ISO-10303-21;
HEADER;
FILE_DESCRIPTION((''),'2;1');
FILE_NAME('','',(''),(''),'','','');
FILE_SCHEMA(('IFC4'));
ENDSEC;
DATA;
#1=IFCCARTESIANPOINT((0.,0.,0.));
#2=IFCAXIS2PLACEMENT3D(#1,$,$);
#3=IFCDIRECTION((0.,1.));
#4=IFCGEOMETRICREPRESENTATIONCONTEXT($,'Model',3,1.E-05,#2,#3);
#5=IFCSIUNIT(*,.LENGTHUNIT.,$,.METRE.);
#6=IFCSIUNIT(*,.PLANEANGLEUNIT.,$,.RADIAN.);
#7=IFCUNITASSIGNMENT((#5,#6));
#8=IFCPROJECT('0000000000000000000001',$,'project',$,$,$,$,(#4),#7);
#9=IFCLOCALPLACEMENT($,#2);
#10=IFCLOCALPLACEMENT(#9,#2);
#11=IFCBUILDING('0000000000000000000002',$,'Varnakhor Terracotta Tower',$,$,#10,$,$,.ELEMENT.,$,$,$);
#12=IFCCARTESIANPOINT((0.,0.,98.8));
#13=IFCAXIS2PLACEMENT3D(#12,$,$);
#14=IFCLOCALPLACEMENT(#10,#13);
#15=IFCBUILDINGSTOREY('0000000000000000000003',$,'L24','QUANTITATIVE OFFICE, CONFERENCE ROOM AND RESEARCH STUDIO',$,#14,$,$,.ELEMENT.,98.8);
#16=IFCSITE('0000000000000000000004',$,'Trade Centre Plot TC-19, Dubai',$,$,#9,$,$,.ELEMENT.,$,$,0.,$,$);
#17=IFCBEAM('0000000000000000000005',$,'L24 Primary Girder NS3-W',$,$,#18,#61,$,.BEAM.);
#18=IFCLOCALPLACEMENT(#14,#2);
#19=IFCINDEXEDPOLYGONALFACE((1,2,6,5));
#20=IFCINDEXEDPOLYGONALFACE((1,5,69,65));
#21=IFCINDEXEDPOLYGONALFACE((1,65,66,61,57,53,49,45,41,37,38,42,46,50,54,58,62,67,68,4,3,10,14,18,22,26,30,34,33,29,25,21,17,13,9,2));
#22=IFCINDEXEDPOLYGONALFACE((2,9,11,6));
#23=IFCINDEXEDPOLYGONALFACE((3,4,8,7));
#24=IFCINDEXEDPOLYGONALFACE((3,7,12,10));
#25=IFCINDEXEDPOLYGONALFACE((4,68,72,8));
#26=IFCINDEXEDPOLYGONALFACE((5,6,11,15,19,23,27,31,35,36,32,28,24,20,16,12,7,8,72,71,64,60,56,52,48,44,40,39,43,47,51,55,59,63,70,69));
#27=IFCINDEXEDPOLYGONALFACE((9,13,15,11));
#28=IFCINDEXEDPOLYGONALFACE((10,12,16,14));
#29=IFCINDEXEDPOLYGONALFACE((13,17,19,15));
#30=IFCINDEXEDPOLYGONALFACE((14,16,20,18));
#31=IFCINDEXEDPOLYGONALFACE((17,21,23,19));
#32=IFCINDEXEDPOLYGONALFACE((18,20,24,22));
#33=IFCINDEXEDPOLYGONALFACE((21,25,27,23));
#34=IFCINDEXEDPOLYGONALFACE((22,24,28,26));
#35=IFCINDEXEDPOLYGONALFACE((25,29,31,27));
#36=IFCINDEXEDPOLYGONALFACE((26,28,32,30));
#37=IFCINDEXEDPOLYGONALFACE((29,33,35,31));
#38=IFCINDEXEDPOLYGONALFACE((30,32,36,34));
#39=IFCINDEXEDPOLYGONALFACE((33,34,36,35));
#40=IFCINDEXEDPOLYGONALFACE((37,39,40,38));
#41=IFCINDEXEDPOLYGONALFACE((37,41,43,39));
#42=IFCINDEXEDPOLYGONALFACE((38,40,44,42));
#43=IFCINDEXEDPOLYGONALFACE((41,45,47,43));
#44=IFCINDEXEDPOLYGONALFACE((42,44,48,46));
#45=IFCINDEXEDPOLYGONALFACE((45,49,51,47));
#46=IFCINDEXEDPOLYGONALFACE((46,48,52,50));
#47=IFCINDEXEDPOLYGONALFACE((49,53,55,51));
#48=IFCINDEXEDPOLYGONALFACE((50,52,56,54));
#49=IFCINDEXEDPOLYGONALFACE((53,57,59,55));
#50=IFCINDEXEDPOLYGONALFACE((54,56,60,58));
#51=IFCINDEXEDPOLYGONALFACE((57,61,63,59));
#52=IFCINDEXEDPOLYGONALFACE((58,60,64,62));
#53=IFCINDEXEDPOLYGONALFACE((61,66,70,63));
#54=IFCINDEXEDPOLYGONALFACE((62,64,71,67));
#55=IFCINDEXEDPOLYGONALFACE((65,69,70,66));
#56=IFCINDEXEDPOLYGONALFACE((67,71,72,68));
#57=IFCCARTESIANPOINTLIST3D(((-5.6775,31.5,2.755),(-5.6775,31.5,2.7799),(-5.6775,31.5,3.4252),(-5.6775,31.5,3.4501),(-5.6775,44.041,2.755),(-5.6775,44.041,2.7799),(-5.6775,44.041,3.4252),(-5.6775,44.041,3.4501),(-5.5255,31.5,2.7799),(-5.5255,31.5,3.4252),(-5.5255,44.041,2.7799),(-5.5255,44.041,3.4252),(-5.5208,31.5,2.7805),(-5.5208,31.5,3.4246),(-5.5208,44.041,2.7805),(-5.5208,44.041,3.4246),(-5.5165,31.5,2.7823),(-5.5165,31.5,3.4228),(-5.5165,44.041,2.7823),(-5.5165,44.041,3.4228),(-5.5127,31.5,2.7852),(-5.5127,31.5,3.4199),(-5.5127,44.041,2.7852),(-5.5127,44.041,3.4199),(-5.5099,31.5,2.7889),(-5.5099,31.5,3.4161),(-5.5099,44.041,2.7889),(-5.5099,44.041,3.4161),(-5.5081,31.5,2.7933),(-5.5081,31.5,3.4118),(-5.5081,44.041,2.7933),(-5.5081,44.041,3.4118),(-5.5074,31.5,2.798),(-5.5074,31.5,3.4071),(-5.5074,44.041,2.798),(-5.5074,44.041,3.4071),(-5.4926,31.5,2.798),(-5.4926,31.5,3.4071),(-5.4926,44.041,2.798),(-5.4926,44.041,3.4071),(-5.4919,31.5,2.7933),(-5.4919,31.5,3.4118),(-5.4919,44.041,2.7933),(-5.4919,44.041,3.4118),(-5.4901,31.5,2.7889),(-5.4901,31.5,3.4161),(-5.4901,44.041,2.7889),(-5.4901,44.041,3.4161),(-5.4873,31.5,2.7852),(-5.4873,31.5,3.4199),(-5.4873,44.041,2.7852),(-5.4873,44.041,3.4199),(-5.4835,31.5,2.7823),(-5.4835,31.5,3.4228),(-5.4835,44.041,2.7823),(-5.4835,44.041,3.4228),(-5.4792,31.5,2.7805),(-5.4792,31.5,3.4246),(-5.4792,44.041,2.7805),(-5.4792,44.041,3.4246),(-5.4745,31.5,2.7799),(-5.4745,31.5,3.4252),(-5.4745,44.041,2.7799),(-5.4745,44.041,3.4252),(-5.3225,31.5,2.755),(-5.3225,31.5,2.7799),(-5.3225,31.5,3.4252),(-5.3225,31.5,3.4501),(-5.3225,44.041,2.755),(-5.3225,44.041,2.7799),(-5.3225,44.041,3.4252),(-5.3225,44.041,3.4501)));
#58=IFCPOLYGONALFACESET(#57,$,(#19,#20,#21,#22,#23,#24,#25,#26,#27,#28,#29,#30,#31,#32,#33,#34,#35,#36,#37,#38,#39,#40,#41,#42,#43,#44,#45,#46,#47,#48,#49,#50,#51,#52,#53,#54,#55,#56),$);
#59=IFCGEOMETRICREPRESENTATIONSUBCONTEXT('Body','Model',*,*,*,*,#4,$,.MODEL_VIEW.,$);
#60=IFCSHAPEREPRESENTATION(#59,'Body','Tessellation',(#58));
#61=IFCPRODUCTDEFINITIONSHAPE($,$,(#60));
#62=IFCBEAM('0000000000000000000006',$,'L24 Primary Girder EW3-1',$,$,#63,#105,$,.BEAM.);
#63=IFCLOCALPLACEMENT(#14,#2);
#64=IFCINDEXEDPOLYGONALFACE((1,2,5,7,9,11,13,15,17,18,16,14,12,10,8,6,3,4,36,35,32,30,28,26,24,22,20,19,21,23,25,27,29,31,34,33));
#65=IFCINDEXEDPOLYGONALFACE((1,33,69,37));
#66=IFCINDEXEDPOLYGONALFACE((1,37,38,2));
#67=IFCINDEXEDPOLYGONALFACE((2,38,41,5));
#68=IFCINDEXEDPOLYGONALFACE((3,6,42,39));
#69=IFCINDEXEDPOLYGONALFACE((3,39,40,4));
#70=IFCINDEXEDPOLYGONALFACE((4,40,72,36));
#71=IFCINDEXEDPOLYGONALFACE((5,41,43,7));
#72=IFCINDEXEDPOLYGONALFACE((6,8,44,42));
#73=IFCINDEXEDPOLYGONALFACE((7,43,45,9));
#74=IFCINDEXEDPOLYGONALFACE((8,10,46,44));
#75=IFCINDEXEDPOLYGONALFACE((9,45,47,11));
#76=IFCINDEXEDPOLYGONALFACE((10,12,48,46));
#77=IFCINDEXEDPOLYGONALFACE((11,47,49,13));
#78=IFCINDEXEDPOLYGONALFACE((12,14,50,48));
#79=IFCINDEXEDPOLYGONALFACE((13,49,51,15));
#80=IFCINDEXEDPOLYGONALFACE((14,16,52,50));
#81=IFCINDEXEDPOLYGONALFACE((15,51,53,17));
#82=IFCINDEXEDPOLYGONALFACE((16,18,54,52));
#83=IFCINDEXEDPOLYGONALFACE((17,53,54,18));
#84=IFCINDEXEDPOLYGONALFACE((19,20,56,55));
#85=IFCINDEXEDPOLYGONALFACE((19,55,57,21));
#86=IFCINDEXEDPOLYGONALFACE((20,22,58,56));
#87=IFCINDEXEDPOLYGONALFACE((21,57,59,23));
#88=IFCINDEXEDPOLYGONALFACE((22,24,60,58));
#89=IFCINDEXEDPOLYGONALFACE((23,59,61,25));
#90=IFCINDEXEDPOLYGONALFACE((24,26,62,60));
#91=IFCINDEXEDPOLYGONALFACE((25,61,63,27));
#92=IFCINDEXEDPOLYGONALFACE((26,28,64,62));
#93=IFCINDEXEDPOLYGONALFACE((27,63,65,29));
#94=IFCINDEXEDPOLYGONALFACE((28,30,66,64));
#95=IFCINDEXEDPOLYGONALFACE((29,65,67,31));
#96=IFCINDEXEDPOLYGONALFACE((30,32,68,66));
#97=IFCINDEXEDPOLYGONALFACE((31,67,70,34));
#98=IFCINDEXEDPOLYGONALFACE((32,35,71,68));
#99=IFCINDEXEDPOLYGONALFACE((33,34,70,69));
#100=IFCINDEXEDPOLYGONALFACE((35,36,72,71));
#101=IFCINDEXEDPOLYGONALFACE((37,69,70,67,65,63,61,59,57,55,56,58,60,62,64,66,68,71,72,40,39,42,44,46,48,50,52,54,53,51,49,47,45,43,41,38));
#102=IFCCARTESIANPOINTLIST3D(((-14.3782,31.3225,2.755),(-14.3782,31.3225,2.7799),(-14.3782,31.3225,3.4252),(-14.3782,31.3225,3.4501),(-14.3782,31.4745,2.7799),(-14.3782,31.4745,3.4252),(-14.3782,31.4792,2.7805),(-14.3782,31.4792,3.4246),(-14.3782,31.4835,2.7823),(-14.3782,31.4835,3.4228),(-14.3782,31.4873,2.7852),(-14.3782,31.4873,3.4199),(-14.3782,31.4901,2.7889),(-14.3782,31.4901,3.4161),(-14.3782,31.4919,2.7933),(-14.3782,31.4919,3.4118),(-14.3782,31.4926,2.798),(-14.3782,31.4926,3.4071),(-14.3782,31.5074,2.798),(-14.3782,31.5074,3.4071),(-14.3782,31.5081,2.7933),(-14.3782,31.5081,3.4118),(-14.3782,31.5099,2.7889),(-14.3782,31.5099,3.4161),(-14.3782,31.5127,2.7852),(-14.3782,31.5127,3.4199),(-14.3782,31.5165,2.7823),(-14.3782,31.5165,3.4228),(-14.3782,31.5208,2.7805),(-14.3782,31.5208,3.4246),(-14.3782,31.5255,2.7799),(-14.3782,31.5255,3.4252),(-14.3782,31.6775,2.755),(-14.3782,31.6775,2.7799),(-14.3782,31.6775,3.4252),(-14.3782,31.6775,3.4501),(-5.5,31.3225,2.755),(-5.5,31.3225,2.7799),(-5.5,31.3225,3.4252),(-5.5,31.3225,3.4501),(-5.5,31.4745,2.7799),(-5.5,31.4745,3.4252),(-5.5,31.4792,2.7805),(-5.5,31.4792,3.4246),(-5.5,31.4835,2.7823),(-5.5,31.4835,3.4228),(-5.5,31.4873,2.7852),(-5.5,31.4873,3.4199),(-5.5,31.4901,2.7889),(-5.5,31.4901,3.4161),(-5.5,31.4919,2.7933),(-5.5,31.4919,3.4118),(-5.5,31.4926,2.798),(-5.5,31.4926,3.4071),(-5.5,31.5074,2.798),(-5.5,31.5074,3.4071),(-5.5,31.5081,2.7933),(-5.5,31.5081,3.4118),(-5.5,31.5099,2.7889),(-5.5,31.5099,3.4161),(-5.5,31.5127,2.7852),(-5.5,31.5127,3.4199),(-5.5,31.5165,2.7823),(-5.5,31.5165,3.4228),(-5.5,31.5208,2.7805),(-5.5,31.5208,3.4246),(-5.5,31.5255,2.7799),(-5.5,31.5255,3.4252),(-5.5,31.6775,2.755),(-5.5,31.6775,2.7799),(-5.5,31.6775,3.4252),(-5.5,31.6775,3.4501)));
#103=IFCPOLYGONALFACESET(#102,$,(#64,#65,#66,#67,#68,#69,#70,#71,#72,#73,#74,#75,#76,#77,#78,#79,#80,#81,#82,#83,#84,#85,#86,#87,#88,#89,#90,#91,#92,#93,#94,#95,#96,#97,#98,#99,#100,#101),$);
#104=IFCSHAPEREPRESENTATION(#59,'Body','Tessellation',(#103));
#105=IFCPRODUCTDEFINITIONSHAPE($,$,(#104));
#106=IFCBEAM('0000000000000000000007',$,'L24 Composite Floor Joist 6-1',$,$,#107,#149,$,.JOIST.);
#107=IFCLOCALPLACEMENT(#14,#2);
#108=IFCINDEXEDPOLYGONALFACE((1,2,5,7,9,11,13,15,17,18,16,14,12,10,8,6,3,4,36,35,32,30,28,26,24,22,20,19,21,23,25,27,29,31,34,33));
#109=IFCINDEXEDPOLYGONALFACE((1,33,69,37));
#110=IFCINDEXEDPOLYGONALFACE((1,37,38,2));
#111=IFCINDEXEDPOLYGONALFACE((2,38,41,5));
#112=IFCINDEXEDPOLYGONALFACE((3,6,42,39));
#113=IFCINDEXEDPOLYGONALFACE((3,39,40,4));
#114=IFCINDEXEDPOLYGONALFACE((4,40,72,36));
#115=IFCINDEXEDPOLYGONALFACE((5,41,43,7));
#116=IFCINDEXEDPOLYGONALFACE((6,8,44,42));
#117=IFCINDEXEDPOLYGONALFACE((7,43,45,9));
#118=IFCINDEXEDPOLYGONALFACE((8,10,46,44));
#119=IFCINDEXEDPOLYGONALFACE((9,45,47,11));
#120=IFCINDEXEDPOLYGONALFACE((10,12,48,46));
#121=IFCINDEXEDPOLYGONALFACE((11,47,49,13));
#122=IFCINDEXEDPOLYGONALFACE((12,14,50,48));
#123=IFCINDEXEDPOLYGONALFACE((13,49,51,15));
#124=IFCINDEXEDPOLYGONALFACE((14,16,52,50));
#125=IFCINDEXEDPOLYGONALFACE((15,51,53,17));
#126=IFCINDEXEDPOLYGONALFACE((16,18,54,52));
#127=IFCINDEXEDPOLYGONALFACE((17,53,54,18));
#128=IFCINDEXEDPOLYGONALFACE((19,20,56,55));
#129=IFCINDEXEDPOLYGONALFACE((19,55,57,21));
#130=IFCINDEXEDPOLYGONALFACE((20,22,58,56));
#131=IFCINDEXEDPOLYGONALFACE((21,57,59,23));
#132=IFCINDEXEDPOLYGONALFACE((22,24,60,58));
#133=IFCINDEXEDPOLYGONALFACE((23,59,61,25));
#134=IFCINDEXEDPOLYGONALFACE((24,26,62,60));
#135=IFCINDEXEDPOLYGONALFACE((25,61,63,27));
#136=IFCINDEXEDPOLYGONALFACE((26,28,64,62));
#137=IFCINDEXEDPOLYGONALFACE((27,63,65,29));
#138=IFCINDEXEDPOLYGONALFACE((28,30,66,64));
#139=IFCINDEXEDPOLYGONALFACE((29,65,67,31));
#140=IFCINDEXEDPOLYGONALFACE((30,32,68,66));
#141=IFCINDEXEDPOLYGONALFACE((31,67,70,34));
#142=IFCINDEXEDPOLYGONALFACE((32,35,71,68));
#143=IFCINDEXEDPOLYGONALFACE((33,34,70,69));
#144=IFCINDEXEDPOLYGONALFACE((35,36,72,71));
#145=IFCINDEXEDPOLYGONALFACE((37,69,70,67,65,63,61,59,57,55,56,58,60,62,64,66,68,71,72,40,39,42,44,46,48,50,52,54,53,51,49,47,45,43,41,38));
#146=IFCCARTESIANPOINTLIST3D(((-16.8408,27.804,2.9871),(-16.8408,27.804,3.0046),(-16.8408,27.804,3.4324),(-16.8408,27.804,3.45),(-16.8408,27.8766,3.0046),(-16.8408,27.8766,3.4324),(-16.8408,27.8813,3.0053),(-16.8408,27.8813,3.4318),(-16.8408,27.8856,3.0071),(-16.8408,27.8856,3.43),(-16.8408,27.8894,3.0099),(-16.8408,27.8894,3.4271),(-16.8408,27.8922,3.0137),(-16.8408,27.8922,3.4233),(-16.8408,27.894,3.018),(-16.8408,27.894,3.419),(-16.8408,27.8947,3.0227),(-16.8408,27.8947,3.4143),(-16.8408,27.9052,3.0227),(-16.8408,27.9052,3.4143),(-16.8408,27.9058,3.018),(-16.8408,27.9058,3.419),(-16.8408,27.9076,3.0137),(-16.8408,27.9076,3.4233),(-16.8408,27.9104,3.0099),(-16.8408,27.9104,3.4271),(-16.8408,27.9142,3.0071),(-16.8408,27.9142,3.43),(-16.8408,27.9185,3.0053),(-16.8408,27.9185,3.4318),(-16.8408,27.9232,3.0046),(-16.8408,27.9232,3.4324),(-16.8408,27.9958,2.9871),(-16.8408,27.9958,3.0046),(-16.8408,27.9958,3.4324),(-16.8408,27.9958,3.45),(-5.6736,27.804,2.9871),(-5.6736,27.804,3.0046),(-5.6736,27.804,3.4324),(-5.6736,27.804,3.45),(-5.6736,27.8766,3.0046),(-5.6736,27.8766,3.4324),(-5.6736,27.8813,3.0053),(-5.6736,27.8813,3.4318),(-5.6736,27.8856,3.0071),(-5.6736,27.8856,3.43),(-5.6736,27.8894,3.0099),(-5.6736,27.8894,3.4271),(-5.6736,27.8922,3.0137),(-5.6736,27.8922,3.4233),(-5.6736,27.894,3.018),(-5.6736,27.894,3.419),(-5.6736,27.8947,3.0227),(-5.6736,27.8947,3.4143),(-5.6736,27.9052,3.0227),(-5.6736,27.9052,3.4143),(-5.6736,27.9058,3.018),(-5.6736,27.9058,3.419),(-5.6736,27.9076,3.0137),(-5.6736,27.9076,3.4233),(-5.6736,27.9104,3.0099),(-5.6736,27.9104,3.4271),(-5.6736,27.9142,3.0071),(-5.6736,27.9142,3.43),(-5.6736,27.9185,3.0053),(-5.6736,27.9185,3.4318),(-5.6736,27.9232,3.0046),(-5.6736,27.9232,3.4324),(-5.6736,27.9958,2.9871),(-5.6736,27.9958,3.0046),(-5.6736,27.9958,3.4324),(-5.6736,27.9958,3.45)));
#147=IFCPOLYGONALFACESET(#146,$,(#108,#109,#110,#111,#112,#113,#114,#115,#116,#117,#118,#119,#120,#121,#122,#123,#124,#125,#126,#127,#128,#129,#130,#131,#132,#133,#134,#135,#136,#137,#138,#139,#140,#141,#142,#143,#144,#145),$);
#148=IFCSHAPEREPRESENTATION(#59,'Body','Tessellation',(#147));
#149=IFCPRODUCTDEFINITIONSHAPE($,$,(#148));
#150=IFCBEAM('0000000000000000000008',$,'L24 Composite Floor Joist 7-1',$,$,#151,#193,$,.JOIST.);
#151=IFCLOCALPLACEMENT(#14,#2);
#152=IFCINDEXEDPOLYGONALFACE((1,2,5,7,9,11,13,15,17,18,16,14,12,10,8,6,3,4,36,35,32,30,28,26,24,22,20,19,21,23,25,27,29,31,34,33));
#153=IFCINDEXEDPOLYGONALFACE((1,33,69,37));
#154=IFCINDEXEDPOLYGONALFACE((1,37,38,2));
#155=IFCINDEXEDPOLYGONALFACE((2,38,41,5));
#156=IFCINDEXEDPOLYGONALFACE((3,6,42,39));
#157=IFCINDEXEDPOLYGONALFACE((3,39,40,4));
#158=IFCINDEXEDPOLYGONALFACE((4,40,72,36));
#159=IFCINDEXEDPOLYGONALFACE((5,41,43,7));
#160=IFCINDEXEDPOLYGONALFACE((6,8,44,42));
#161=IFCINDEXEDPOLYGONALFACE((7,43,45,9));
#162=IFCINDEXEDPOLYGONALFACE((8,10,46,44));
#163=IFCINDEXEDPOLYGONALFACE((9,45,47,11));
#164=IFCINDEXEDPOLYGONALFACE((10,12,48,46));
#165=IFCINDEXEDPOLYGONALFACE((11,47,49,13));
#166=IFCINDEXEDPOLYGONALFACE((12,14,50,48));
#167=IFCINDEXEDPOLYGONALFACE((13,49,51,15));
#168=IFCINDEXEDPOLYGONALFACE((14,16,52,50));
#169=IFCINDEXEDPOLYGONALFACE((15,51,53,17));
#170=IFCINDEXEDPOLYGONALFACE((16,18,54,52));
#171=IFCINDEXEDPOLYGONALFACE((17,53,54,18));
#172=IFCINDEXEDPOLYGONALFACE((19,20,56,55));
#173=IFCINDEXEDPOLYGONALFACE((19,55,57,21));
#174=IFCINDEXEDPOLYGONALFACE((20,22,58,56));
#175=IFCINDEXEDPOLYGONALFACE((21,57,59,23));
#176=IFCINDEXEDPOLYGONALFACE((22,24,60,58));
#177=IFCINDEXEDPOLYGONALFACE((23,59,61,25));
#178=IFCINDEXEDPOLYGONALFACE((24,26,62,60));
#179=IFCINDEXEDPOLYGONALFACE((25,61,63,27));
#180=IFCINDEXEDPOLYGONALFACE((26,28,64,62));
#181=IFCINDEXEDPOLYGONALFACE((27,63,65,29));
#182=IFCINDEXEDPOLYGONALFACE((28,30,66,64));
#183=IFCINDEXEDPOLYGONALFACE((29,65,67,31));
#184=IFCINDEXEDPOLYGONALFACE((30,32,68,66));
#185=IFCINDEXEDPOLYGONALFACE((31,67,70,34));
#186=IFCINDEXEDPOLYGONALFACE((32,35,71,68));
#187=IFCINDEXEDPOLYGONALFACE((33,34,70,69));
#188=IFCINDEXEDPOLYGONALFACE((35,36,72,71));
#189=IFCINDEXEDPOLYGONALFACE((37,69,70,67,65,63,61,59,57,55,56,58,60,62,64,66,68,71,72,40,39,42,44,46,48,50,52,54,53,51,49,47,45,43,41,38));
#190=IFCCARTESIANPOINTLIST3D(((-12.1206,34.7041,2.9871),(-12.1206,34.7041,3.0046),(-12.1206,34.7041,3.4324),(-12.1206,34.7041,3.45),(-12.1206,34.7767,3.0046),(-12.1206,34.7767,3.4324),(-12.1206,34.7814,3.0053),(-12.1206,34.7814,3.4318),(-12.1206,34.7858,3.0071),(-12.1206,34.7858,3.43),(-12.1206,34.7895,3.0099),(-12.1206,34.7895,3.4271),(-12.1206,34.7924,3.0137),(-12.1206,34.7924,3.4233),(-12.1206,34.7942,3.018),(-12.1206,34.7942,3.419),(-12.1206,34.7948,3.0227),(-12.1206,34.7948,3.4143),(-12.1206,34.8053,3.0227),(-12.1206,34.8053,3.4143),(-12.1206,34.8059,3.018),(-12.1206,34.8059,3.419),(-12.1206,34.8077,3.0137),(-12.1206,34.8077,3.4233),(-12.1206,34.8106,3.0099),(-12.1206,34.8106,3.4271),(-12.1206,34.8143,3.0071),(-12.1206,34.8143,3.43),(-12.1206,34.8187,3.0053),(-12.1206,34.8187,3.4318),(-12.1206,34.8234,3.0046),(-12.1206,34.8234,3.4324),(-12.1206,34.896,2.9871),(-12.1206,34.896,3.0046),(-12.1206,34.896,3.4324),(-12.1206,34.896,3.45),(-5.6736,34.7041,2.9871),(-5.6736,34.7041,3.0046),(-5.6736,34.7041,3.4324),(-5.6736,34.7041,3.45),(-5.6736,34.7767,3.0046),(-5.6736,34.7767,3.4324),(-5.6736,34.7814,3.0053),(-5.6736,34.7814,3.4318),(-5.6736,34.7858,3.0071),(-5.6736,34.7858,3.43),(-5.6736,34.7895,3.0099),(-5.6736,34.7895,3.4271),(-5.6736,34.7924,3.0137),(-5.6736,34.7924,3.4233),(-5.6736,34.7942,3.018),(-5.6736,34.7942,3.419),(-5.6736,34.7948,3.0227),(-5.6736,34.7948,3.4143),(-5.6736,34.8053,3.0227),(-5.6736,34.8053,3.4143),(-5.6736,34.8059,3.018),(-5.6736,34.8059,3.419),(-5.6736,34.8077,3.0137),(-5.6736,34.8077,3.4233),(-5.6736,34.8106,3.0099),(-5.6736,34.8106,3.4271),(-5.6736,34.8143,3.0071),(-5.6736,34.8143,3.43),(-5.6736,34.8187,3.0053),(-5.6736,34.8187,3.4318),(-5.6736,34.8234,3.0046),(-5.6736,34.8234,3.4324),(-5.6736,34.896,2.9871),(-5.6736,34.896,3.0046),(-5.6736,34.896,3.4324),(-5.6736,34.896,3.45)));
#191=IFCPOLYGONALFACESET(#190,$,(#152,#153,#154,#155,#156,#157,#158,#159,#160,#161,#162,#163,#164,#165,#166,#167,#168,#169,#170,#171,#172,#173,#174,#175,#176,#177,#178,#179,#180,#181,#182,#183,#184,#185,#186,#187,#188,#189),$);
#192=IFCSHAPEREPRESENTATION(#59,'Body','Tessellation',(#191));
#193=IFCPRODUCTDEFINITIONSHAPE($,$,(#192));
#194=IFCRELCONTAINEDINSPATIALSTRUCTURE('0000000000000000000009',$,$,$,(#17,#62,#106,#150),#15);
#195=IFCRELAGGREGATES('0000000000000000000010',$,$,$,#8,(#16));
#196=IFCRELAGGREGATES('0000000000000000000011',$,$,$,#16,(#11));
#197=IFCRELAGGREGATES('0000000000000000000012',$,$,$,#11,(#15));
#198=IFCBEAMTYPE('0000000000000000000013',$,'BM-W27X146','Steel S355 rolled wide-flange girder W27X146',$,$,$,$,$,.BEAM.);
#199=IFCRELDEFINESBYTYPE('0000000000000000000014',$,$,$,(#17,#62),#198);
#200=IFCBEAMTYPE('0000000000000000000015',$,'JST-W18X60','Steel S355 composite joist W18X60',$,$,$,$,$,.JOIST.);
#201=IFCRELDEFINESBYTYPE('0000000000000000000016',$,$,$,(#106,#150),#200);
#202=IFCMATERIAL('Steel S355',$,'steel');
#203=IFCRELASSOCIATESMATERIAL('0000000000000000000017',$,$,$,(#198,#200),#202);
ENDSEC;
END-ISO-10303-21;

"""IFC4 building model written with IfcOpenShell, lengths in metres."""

from ifc_helpers import new_model, si_unit, direction, frame, origin, origin_2d, place, context, subcontext, project, spatial, i_section, extrude, source, transform, mapped, material, material_profile, profile_set, type_object, element, save


model = new_model("IFC4")

# Units and contexts
model_context = context("Model", 3, precision=1e-05, world=origin(), true_north=direction((0.0, 1.0)))
body_context = subcontext(model_context, "Body", "Model", "MODEL_VIEW")
ifc_project = project(units=[si_unit("LENGTHUNIT", "METRE"), si_unit("PLANEANGLEUNIT", "RADIAN")], contexts=[model_context])

# Site, building, storey
site_placement = place(None, origin())
site = spatial("IfcSite", under=ifc_project, at=site_placement, Name="Trade Centre Plot TC-19, Dubai", CompositionType="ELEMENT", RefElevation=0.0)
building_placement = place(site_placement, origin())
building = spatial("IfcBuilding", under=site, at=building_placement, Name="Varnakhor Terracotta Tower", CompositionType="ELEMENT")
storey_placement = place(building_placement, frame((0.0, 0.0, 98.8)))
storey = spatial("IfcBuildingStorey", under=building, at=storey_placement, Name="L24", Description="QUANTITATIVE OFFICE, CONFERENCE ROOM AND RESEARCH STUDIO", CompositionType="ELEMENT", Elevation=98.8)

# Beams
ifc_material_1 = material(Name="Steel S355", Category="steel")
ifc_material_profile_1 = material_profile(ifc_material_1, i_section(OverallWidth=0.355, OverallDepth=0.6951, WebThickness=0.0149, FlangeThickness=0.0249, FilletRadius=0.0181, at=origin_2d()), Name="W27X146")
ifc_profile_set_1 = profile_set([ifc_material_profile_1], Name="Steel S355")
beam_type_1 = type_object("IfcBeamType", Name="BM-W27X146", Description="Steel S355 rolled wide-flange girder W27X146", PredefinedType="BEAM", material=ifc_profile_set_1)
ifc_material_profile_2 = material_profile(ifc_material_1, i_section(OverallWidth=0.1919, OverallDepth=0.4629, WebThickness=0.0105, FlangeThickness=0.0176, FilletRadius=0.0181, at=origin_2d()), Name="W18X60")
ifc_profile_set_2 = profile_set([ifc_material_profile_2], Name="Steel S355")
beam_type_2 = type_object("IfcBeamType", Name="JST-W18X60", Description="Steel S355 composite joist W18X60", PredefinedType="JOIST", material=ifc_profile_set_2)
shared_shape_1 = source(origin(), body_context, "Body", "SweptSolid", [
    extrude(i_section(OverallWidth=0.355, OverallDepth=0.6951, WebThickness=0.0149, FlangeThickness=0.0249, FilletRadius=0.0181, at=origin_2d()), origin(), (0.0, 0.0, 1.0), 12.541),
])
beam_1_placement = place(storey_placement, frame((-5.5, 31.5, 3.1025), z_axis=(0.0, 1.0, 0.0), x_axis=(-1.0, 0.0, 0.0)))
element("IfcBeam", 1, at=beam_1_placement, inside=storey, type_object=beam_type_1, Name="L24 Primary Girder NS3-W", PredefinedType="BEAM", context=body_context, shape_type="MappedRepresentation", body=[
    mapped(shared_shape_1, transform((0.0, 0.0, 0.0), scale=1.0)),
])
shared_shape_2 = source(origin(), body_context, "Body", "SweptSolid", [
    extrude(i_section(OverallWidth=0.355, OverallDepth=0.6951, WebThickness=0.0149, FlangeThickness=0.0249, FilletRadius=0.0181, at=origin_2d()), origin(), (0.0, 0.0, 1.0), 8.8782),
])
beam_2_placement = place(storey_placement, frame((-14.3782, 31.5, 3.1025), z_axis=(1.0, 0.0, 0.0), x_axis=(0.0, 1.0, 0.0)))
element("IfcBeam", 2, at=beam_2_placement, inside=storey, type_object=beam_type_1, Name="L24 Primary Girder EW3-1", PredefinedType="BEAM", context=body_context, shape_type="MappedRepresentation", body=[
    mapped(shared_shape_2, transform((0.0, 0.0, 0.0), scale=1.0)),
])
shared_shape_3 = source(origin(), body_context, "Body", "SweptSolid", [
    extrude(i_section(OverallWidth=0.1919, OverallDepth=0.4629, WebThickness=0.0105, FlangeThickness=0.0176, FilletRadius=0.0181, at=origin_2d()), origin(), (0.0, 0.0, 1.0), 11.1672),
])
beam_3_placement = place(storey_placement, frame((-16.8408, 27.8999, 3.2185), z_axis=(1.0, 0.0, 0.0), x_axis=(0.0, 1.0, 0.0)))
element("IfcBeam", 3, at=beam_3_placement, inside=storey, type_object=beam_type_2, Name="L24 Composite Floor Joist 6-1", PredefinedType="JOIST", context=body_context, shape_type="MappedRepresentation", body=[
    mapped(shared_shape_3, transform((0.0, 0.0, 0.0), scale=1.0)),
])
shared_shape_4 = source(origin(), body_context, "Body", "SweptSolid", [
    extrude(i_section(OverallWidth=0.1919, OverallDepth=0.4629, WebThickness=0.0105, FlangeThickness=0.0176, FilletRadius=0.0181, at=origin_2d()), origin(), (0.0, 0.0, 1.0), 6.447),
])
beam_4_placement = place(storey_placement, frame((-12.1206, 34.8, 3.2185), z_axis=(1.0, 0.0, 0.0), x_axis=(0.0, 1.0, 0.0)))
element("IfcBeam", 4, at=beam_4_placement, inside=storey, type_object=beam_type_2, Name="L24 Composite Floor Joist 7-1", PredefinedType="JOIST", context=body_context, shape_type="MappedRepresentation", body=[
    mapped(shared_shape_4, transform((0.0, 0.0, 0.0), scale=1.0)),
])

save(model, "model.ifc")
